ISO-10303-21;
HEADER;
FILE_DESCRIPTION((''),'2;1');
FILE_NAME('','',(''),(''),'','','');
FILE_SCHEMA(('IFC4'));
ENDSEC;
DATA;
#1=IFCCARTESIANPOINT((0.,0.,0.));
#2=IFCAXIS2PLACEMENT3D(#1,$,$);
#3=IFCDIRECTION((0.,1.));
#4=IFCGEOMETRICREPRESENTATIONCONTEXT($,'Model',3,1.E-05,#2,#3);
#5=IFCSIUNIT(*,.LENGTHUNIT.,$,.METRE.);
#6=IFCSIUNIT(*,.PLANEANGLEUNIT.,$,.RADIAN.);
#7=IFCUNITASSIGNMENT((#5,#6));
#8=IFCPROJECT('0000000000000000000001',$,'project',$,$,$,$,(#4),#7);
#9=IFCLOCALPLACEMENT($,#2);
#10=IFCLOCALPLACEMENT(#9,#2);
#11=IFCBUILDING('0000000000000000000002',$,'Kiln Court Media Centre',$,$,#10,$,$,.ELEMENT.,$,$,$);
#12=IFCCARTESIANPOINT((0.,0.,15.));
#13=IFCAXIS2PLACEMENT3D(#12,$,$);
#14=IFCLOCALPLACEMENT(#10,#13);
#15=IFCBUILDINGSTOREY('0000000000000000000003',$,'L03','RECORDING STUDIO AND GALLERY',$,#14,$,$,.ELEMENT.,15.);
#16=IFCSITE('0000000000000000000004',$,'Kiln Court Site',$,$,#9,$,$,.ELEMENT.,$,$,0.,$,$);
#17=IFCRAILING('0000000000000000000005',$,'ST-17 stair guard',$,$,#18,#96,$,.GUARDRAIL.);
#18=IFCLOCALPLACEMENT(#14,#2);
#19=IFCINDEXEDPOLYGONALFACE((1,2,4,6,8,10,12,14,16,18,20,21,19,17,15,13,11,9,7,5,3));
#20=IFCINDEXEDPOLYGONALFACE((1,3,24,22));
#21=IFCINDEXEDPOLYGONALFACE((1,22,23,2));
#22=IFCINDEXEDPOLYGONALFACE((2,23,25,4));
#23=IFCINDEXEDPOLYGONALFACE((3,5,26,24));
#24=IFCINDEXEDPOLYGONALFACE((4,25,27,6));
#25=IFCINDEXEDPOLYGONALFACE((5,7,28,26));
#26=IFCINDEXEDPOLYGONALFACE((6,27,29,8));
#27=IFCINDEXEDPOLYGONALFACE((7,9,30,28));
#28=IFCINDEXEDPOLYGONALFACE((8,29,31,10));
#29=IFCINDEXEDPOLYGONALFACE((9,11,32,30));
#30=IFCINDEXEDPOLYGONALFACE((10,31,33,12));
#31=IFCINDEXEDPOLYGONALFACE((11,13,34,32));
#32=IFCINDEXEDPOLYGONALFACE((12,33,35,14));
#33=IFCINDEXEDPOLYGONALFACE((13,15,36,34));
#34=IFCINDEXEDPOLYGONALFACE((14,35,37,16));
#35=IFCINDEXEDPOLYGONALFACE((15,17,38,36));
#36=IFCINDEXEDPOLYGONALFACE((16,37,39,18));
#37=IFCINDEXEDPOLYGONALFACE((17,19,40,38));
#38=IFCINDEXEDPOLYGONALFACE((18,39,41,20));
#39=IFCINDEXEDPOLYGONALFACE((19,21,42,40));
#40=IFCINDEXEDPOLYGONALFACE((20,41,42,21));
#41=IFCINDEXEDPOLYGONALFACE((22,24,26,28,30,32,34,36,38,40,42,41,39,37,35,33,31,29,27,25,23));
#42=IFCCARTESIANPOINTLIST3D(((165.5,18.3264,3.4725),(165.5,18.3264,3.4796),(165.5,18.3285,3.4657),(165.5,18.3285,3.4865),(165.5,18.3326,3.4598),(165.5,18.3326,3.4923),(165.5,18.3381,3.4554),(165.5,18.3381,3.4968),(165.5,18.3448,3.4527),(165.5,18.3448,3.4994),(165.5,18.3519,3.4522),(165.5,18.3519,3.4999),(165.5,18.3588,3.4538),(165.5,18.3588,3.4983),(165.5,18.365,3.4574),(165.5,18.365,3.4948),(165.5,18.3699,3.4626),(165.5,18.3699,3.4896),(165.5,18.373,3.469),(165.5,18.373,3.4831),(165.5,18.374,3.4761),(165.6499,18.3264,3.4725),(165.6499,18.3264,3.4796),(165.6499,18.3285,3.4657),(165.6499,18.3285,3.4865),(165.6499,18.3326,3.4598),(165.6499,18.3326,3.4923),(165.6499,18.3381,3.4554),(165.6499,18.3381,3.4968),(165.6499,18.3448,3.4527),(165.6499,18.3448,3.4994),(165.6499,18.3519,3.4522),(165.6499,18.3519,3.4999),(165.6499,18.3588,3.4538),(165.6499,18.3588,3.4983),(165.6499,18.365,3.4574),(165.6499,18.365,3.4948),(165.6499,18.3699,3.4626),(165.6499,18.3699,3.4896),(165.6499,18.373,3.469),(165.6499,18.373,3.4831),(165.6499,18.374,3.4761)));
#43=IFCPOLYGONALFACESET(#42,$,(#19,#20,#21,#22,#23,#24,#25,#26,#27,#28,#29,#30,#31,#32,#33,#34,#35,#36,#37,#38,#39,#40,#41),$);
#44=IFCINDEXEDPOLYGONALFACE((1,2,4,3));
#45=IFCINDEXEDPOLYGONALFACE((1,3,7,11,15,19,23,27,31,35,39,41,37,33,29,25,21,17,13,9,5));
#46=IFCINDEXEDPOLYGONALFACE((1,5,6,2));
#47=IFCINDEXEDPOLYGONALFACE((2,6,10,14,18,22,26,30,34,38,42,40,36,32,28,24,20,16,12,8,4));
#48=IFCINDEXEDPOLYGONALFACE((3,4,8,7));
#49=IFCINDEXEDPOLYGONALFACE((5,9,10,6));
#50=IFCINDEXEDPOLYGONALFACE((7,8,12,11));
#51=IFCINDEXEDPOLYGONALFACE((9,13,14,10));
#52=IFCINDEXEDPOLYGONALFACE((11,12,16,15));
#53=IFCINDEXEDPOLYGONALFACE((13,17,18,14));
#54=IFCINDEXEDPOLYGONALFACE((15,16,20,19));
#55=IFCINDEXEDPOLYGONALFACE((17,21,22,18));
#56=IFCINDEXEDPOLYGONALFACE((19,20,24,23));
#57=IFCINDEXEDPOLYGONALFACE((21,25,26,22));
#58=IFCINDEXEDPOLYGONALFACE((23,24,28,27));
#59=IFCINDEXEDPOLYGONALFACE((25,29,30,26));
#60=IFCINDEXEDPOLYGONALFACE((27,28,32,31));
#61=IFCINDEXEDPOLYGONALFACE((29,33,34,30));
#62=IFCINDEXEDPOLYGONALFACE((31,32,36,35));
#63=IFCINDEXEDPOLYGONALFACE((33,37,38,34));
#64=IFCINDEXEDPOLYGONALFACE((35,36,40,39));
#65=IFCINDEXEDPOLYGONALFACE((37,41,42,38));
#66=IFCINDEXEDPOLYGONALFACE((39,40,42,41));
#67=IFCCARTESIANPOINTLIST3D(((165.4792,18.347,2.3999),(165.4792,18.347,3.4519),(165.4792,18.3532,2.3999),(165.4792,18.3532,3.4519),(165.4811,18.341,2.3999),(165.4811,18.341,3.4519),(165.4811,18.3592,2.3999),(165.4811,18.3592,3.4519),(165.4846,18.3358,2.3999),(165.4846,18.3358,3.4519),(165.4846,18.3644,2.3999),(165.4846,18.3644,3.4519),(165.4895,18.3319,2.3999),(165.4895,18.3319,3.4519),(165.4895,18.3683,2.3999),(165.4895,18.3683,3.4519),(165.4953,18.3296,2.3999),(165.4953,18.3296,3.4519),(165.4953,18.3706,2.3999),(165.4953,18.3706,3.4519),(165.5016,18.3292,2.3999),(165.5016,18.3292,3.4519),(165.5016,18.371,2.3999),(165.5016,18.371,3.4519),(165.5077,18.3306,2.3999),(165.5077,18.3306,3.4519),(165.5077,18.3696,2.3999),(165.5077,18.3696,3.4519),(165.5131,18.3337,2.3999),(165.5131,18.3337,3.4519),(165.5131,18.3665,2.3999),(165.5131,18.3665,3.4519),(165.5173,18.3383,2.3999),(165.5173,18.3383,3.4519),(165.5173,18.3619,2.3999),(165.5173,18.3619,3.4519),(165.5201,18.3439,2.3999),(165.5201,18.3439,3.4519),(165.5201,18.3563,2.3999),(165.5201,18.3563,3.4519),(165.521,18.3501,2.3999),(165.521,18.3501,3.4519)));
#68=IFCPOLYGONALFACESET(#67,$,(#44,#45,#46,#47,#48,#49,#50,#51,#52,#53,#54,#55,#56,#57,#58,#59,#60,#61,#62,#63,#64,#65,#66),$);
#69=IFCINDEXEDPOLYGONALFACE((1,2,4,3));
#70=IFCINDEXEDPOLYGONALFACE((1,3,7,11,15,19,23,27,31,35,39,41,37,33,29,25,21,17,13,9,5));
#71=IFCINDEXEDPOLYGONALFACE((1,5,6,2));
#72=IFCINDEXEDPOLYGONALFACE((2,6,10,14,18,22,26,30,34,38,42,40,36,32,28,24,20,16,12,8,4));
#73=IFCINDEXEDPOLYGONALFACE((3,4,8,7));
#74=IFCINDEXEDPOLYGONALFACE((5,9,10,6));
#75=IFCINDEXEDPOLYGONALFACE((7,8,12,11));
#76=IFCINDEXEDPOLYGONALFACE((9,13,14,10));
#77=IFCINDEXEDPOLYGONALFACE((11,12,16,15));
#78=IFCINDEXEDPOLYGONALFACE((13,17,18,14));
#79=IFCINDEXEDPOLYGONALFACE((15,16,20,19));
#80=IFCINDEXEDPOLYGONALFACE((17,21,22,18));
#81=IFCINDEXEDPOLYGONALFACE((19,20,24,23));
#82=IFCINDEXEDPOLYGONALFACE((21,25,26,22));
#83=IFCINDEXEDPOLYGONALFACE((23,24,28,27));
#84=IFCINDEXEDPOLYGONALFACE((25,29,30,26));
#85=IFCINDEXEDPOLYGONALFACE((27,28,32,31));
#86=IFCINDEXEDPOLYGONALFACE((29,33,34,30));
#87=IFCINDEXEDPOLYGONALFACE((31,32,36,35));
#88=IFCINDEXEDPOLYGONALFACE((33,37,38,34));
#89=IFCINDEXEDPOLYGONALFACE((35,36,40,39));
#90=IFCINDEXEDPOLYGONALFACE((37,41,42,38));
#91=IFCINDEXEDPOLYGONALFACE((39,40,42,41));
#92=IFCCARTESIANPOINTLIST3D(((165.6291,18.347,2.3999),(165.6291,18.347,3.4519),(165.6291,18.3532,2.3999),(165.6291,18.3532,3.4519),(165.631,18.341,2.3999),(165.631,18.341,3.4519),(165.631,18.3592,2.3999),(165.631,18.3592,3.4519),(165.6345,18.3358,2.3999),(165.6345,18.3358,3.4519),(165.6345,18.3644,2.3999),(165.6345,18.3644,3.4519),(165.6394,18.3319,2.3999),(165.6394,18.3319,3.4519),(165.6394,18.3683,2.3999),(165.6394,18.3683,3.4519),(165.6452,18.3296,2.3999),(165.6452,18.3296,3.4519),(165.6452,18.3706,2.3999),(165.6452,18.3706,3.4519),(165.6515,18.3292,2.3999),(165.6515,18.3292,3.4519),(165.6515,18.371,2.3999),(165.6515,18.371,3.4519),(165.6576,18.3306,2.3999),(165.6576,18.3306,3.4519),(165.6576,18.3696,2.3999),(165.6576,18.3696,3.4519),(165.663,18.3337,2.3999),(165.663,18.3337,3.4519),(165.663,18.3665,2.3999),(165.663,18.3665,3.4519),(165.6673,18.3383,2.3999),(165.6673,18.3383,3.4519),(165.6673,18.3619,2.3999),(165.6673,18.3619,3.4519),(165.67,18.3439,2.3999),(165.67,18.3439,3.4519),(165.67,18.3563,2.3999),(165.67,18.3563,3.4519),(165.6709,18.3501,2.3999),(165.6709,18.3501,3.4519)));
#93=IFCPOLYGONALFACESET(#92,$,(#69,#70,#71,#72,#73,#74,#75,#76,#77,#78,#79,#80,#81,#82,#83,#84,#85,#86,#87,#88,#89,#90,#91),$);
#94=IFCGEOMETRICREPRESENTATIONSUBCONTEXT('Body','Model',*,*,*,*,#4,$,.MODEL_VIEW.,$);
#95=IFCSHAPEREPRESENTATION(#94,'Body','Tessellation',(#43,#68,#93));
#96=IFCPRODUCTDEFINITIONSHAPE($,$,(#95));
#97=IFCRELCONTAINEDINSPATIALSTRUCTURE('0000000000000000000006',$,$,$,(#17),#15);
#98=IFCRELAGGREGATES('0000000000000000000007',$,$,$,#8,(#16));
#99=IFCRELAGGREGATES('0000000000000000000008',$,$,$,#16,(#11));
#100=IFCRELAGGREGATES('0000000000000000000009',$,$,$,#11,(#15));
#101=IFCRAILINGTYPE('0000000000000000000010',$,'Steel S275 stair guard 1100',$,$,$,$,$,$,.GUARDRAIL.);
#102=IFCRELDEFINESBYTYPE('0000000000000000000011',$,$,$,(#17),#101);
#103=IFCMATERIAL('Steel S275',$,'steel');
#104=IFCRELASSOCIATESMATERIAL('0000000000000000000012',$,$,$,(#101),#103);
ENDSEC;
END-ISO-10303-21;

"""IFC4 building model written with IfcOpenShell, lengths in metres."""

from ifc_helpers import new_model, si_unit, direction, frame, origin, origin_2d, place, context, subcontext, project, spatial, circle, extrude, material, type_object, element, save


model = new_model("IFC4")

# Units and contexts
model_context = context("Model", 3, precision=1e-05, world=origin(), true_north=direction((0.0, 1.0)))
body_context = subcontext(model_context, "Body", "Model", "MODEL_VIEW")
ifc_project = project(units=[si_unit("LENGTHUNIT", "METRE"), si_unit("PLANEANGLEUNIT", "RADIAN")], contexts=[model_context])

# Site, building, storey
site_placement = place(None, origin())
site = spatial("IfcSite", under=ifc_project, at=site_placement, Name="Kiln Court Site", CompositionType="ELEMENT", RefElevation=0.0)
building_placement = place(site_placement, origin())
building = spatial("IfcBuilding", under=site, at=building_placement, Name="Kiln Court Media Centre", CompositionType="ELEMENT")
storey_placement = place(building_placement, frame((0.0, 0.0, 15.0)))
storey = spatial("IfcBuildingStorey", under=building, at=storey_placement, Name="L03", Description="RECORDING STUDIO AND GALLERY", CompositionType="ELEMENT", Elevation=15.0)

# Railing
ifc_material_1 = material(Name="Steel S275", Category="steel")
railing_type_1 = type_object("IfcRailingType", Name="Steel S275 stair guard 1100", PredefinedType="GUARDRAIL", material=ifc_material_1)
railing_1_placement = place(storey_placement, frame((165.5, 18.3501, 2.3999)))
element("IfcRailing", 1, at=railing_1_placement, inside=storey, type_object=railing_type_1, Name="ST-17 stair guard", PredefinedType="GUARDRAIL", context=body_context, shape_type="SweptSolid", body=[
    extrude(circle(Radius=0.0239, at=origin_2d()), frame((0.0, 0.0, 1.0762), z_axis=(1.0, 0.0, 0.0), x_axis=(0.0, 1.0, 0.0)), (0.0, 0.0, 1.0), 0.1499),
    extrude(circle(Radius=0.021, at=origin_2d()), origin(), (0.0, 0.0, 1.0), 1.052),
    extrude(circle(Radius=0.021, at=origin_2d()), frame((0.1499, 0.0, 0.0)), (0.0, 0.0, 1.0), 1.052),
])

save(model, "model.ifc")
